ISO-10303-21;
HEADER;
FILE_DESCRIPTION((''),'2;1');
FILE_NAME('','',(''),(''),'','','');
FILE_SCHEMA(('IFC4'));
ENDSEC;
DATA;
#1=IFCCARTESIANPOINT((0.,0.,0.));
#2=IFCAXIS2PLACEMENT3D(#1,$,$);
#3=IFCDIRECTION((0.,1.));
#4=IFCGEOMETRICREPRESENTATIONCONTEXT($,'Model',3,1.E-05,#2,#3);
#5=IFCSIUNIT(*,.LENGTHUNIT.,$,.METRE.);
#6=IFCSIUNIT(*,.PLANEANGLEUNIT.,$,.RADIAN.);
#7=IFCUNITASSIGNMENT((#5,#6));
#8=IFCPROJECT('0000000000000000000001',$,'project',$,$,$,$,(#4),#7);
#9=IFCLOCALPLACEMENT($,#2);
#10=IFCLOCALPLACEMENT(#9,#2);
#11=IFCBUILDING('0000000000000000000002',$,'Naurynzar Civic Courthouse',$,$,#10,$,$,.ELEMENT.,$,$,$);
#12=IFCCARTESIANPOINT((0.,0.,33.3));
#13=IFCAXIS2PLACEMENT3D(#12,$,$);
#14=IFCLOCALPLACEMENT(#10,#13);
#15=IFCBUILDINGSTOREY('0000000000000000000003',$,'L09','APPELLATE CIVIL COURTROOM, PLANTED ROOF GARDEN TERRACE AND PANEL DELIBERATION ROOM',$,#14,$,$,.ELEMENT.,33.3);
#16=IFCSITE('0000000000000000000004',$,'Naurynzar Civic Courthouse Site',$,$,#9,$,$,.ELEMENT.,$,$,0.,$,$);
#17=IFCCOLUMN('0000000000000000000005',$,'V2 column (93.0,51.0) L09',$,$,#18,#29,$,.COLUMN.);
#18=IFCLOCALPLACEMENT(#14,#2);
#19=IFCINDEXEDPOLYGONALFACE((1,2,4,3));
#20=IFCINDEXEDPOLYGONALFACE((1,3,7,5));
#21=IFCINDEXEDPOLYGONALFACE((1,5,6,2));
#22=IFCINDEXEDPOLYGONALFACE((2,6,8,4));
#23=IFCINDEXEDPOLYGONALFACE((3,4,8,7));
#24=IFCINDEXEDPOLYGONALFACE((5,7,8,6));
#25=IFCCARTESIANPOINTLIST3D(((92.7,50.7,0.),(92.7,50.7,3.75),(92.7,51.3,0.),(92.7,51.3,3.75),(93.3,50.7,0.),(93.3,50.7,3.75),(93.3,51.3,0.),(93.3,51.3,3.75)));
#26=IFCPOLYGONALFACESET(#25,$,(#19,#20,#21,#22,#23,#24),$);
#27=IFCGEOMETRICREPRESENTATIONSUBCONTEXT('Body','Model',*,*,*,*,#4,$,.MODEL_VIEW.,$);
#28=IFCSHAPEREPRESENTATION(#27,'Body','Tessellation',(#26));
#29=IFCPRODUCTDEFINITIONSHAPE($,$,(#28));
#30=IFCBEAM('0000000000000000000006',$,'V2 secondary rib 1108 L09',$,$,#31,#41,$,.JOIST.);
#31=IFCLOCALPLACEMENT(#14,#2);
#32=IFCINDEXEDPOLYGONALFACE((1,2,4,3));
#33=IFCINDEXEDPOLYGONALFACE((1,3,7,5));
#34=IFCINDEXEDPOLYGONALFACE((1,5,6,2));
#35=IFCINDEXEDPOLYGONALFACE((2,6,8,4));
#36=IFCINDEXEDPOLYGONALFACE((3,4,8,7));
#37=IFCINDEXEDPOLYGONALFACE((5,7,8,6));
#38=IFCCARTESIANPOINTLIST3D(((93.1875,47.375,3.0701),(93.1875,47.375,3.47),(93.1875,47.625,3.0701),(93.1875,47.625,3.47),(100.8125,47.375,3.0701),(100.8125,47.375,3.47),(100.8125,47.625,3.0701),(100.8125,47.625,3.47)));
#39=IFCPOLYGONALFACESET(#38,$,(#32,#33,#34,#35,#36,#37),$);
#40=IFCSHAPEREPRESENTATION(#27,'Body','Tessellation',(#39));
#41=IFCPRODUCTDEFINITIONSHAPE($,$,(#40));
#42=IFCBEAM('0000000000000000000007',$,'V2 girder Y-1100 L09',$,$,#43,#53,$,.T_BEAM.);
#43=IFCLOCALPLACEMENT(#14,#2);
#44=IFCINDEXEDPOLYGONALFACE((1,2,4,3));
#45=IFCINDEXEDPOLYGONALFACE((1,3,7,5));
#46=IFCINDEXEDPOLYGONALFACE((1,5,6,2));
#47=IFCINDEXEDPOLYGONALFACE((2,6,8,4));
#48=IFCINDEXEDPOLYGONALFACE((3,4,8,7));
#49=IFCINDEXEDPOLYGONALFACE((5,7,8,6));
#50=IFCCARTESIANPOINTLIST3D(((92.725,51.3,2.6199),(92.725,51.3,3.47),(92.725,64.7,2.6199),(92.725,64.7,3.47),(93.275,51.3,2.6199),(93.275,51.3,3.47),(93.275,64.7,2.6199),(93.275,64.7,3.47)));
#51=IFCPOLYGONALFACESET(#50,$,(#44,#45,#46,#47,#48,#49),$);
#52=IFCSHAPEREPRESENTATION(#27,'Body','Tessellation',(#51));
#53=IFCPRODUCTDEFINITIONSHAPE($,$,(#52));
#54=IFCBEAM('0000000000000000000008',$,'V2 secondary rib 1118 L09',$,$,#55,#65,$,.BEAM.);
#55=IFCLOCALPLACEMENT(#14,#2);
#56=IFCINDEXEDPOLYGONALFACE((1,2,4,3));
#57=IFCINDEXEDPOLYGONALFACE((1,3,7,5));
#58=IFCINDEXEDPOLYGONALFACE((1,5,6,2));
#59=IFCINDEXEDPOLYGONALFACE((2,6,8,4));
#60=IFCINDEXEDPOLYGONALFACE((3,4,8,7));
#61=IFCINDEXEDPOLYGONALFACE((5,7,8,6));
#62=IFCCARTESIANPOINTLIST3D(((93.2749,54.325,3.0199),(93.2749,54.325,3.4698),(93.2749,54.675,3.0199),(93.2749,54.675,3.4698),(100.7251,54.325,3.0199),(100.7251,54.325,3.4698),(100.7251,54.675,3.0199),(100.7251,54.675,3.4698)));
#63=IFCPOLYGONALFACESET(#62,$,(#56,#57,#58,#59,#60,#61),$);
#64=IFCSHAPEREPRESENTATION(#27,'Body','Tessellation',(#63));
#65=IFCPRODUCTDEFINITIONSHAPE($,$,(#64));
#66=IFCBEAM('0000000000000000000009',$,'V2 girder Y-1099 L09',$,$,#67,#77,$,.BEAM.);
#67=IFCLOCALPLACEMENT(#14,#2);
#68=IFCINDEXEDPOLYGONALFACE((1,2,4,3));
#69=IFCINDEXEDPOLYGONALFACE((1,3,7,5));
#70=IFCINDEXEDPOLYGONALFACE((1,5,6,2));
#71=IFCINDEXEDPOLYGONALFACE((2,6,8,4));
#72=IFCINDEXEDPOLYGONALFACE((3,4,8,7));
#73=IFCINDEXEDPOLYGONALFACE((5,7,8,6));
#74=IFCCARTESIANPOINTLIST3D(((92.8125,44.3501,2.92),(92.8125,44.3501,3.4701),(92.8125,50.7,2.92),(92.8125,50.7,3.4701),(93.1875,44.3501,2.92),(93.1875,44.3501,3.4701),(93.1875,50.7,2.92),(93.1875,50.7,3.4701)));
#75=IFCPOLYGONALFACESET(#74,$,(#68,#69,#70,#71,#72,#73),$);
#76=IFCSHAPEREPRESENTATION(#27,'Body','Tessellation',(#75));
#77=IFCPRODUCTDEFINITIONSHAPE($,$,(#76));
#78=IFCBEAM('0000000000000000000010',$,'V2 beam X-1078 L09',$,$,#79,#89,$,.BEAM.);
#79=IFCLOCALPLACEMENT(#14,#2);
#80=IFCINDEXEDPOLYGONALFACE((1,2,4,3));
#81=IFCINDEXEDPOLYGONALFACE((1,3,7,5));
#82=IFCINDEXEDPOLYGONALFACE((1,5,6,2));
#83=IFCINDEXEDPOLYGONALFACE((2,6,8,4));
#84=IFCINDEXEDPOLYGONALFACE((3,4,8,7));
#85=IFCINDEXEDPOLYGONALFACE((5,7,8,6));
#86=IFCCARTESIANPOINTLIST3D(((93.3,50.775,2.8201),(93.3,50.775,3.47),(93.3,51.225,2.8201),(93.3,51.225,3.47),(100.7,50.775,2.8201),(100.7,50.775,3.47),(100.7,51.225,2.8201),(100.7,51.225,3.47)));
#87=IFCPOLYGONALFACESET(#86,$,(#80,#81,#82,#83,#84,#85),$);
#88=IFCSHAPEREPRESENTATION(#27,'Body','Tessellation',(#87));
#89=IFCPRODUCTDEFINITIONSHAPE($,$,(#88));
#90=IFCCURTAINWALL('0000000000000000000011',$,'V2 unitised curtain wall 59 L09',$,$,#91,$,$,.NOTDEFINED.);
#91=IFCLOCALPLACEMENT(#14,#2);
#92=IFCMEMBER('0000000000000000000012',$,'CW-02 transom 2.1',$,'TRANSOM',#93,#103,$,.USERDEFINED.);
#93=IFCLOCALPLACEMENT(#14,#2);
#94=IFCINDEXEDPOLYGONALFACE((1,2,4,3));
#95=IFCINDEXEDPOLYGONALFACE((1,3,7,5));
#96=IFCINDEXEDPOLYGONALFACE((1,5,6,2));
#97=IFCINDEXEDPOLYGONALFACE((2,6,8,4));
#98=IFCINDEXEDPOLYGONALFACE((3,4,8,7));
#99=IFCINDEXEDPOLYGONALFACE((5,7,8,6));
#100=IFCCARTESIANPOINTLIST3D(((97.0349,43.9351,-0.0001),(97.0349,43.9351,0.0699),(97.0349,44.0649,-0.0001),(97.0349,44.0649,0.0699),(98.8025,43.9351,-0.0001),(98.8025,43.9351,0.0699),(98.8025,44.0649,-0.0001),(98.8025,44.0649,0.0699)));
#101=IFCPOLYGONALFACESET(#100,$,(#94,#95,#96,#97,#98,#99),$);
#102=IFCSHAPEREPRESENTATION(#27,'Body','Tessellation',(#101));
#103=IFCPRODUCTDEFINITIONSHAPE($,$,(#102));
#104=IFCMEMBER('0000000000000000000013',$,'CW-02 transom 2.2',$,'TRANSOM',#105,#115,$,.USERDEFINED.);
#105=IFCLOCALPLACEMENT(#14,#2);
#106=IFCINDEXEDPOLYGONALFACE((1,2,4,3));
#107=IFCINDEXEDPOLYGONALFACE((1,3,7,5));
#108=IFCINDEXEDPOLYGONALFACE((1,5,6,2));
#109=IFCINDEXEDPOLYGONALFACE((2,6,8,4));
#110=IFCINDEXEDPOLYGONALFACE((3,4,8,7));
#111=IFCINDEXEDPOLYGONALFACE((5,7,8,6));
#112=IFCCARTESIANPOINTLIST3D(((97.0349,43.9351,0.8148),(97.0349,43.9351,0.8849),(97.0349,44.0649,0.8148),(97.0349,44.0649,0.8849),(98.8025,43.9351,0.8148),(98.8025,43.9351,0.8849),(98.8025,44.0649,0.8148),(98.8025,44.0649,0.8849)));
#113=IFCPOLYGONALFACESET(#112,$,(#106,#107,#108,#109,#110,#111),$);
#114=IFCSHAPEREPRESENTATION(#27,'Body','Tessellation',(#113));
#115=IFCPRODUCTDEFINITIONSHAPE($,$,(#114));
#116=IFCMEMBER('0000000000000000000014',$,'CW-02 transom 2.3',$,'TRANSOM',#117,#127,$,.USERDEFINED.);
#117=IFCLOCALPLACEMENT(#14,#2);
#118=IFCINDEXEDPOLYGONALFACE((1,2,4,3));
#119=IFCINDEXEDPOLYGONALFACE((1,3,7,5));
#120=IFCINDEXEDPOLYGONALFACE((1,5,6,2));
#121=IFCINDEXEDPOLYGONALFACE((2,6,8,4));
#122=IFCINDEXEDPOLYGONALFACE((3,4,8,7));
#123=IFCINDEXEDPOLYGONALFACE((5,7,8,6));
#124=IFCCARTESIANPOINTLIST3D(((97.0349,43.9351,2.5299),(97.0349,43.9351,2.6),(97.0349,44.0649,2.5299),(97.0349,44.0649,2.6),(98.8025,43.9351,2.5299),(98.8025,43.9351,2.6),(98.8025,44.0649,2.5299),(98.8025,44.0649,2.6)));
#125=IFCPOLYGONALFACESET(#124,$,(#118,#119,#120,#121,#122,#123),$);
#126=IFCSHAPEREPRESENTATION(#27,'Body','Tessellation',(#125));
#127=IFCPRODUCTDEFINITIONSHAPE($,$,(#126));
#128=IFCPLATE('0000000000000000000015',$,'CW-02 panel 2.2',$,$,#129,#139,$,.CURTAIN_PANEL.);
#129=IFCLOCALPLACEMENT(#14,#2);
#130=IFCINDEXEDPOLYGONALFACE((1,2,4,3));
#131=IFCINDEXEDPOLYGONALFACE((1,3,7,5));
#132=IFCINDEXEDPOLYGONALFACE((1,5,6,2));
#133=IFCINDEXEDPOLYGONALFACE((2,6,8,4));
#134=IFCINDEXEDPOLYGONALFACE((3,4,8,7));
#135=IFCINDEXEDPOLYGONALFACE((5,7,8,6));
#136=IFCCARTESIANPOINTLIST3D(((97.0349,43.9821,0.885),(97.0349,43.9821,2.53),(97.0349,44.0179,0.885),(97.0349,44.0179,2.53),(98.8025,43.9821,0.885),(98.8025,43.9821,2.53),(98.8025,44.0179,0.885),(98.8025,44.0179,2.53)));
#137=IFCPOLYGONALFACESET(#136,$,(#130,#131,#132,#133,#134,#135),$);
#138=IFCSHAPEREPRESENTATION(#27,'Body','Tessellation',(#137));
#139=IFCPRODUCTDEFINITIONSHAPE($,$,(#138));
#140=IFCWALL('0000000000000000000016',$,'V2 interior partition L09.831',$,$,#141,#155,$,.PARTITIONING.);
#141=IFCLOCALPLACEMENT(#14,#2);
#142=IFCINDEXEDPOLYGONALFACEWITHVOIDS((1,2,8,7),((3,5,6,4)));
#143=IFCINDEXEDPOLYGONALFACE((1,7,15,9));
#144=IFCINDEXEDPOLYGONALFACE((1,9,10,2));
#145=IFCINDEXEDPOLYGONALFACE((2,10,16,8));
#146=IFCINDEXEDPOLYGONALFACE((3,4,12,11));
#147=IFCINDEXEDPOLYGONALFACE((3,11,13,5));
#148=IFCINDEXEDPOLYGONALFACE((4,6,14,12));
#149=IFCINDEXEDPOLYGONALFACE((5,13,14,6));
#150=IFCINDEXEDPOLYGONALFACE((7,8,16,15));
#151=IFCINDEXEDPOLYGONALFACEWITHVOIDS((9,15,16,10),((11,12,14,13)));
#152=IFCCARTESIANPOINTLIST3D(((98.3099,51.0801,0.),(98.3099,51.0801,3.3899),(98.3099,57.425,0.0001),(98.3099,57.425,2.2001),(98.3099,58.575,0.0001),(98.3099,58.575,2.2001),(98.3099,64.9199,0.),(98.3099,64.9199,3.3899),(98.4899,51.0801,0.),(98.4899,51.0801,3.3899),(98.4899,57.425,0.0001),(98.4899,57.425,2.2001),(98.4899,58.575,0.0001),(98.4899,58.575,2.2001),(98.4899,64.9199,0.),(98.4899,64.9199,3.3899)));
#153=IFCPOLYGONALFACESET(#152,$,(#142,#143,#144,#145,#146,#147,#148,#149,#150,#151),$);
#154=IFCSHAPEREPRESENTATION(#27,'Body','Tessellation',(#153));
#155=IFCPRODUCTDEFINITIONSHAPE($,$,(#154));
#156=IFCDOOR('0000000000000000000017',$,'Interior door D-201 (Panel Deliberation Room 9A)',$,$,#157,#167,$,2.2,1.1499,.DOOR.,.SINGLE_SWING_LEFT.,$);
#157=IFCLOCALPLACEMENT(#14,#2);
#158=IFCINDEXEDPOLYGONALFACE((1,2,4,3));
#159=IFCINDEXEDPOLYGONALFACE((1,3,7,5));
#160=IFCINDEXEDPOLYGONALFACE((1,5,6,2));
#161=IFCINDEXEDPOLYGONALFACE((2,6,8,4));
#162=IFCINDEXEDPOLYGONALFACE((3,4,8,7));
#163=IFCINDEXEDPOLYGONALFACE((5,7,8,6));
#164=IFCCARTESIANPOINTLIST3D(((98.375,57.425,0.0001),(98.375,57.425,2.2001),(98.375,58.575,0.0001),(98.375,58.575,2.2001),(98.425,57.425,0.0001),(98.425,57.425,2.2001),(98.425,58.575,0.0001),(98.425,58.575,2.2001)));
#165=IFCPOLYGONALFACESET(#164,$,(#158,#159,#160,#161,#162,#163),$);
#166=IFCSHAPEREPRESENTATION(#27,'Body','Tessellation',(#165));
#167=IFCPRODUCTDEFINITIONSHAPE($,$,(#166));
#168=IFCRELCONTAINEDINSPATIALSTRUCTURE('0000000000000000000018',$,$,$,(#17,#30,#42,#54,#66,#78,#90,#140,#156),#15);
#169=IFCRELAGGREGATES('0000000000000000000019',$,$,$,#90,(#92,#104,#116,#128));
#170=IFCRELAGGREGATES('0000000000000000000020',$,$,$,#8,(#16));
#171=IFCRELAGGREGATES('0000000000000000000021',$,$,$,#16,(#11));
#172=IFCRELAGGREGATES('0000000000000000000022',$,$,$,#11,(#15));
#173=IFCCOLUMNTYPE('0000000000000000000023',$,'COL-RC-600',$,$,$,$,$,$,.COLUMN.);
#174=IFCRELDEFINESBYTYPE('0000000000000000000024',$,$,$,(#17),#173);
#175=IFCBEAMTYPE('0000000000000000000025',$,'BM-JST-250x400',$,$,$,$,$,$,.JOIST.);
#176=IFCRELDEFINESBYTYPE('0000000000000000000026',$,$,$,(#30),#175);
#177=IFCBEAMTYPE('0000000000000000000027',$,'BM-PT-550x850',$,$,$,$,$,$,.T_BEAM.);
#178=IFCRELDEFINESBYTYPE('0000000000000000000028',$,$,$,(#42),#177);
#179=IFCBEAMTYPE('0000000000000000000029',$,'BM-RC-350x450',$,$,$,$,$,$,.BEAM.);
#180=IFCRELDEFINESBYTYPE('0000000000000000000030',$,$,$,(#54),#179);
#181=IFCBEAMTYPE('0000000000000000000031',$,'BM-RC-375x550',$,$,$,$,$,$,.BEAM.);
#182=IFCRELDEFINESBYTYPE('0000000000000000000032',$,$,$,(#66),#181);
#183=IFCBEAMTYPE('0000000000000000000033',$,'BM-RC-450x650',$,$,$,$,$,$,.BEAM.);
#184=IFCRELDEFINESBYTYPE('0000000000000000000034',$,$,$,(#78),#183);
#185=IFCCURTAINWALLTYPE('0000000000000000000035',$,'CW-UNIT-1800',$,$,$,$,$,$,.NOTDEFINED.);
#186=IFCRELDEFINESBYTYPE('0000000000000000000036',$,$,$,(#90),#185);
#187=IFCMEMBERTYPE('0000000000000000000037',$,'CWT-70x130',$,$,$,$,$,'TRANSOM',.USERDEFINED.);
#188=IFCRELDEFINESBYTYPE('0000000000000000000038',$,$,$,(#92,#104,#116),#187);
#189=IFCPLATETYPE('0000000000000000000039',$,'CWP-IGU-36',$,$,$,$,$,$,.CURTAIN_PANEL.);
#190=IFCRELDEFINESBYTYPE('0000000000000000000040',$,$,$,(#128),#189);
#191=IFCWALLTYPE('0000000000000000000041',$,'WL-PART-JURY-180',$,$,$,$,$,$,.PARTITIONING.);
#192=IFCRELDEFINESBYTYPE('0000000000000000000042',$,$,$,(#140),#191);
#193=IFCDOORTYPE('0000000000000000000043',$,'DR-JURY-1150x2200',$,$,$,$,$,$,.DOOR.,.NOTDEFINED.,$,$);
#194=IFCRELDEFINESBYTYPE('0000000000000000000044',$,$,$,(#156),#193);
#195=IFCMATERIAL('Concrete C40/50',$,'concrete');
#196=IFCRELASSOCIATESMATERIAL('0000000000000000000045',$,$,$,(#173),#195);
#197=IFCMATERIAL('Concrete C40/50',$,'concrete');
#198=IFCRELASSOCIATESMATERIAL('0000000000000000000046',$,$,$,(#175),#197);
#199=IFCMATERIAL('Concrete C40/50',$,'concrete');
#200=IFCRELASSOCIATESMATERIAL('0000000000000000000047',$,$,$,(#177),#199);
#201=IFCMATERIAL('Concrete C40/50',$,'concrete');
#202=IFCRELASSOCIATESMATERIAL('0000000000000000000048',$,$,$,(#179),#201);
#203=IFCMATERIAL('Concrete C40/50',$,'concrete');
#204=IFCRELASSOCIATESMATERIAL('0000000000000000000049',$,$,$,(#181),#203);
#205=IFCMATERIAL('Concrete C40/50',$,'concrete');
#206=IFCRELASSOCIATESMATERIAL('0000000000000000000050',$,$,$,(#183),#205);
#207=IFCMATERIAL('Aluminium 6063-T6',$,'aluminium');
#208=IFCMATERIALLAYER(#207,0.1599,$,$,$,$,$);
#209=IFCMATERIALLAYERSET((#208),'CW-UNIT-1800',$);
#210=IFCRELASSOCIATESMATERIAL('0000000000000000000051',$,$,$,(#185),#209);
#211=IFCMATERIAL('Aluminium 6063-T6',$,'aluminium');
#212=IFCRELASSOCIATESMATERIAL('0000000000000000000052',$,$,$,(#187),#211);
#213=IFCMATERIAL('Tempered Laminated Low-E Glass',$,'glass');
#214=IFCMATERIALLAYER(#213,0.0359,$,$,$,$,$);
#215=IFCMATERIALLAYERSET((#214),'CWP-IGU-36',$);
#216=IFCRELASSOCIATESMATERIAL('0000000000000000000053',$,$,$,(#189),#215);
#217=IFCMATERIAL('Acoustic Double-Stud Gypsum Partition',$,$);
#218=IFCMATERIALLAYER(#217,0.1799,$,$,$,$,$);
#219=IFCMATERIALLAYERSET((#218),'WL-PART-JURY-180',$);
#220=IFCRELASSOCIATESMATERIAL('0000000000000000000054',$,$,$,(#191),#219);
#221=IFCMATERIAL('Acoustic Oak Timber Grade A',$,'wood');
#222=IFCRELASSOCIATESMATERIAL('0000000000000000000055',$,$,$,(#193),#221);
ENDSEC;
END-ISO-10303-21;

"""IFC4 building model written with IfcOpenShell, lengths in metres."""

from ifc_helpers import new_model, si_unit, direction, frame, frame_2d, origin, origin_2d, place, context, subcontext, project, spatial, rectangle, extrude, material, layer, layer_set, material_profile, profile_set, type_object, element, fill, aggregate, save


model = new_model("IFC4")

# Units and contexts
model_context = context("Model", 3, precision=1e-05, world=origin(), true_north=direction((0.0, 1.0)))
body_context = subcontext(model_context, "Body", "Model", "MODEL_VIEW")
ifc_project = project(units=[si_unit("LENGTHUNIT", "METRE"), si_unit("PLANEANGLEUNIT", "RADIAN")], contexts=[model_context])

# Site, building, storey
site_placement = place(None, origin())
site = spatial("IfcSite", under=ifc_project, at=site_placement, Name="Naurynzar Civic Courthouse Site", CompositionType="ELEMENT", RefElevation=0.0)
building_placement = place(site_placement, origin())
building = spatial("IfcBuilding", under=site, at=building_placement, Name="Naurynzar Civic Courthouse", CompositionType="ELEMENT")
storey_placement = place(building_placement, frame((0.0, 0.0, 33.3)))
storey = spatial("IfcBuildingStorey", under=building, at=storey_placement, Name="L09", Description="APPELLATE CIVIL COURTROOM, PLANTED ROOF GARDEN TERRACE AND PANEL DELIBERATION ROOM", CompositionType="ELEMENT", Elevation=33.3)

# Column
ifc_material_1 = material(Name="Concrete C40/50", Category="concrete")
ifc_material_profile_1 = material_profile(ifc_material_1, rectangle(XDim=0.6001, YDim=0.6001, at=origin_2d()), Name="RC 600x600")
ifc_profile_set_1 = profile_set([ifc_material_profile_1], Name="Concrete C40/50")
column_type = type_object("IfcColumnType", Name="COL-RC-600", PredefinedType="COLUMN", material=ifc_profile_set_1)
column_placement = place(storey_placement, frame((93.0, 51.0, 0.0), z_axis=(0.0, 0.0, 1.0), x_axis=(1.0, 0.0, 0.0)))
element("IfcColumn", 1, at=column_placement, inside=storey, type_object=column_type, Name="V2 column (93.0,51.0) L09", PredefinedType="COLUMN", context=body_context, shape_type="SweptSolid", body=[
    extrude(rectangle(XDim=0.6001, YDim=0.6001, at=origin_2d()), origin(), (0.0, 0.0, 1.0), 3.75),
])

# Beams
ifc_material_2 = material(Name="Concrete C40/50", Category="concrete")
ifc_material_profile_2 = material_profile(ifc_material_2, rectangle(XDim=0.25, YDim=0.3999, at=origin_2d()), Name="RCB 250x400")
ifc_profile_set_2 = profile_set([ifc_material_profile_2], Name="Concrete C40/50")
beam_type_1 = type_object("IfcBeamType", Name="BM-JST-250x400", PredefinedType="JOIST", material=ifc_profile_set_2)
beam_1_placement = place(storey_placement, frame((93.1875, 47.5, 3.27), z_axis=(1.0, 0.0, 0.0), x_axis=(0.0, 1.0, 0.0)))
element("IfcBeam", 2, at=beam_1_placement, inside=storey, type_object=beam_type_1, Name="V2 secondary rib 1108 L09", PredefinedType="JOIST", context=body_context, shape_type="SweptSolid", body=[
    extrude(rectangle(XDim=0.25, YDim=0.3999, at=origin_2d()), origin(), (0.0, 0.0, 1.0), 7.625),
])
ifc_material_3 = material(Name="Concrete C40/50", Category="concrete")
ifc_material_profile_3 = material_profile(ifc_material_3, rectangle(XDim=0.55, YDim=0.8501, at=origin_2d()), Name="PTB 550x850")
ifc_profile_set_3 = profile_set([ifc_material_profile_3], Name="Concrete C40/50")
beam_type_2 = type_object("IfcBeamType", Name="BM-PT-550x850", PredefinedType="T_BEAM", material=ifc_profile_set_3)
beam_2_placement = place(storey_placement, frame((93.0, 51.3, 3.0449), z_axis=(0.0, 1.0, 0.0), x_axis=(-1.0, 0.0, 0.0)))
element("IfcBeam", 3, at=beam_2_placement, inside=storey, type_object=beam_type_2, Name="V2 girder Y-1100 L09", PredefinedType="T_BEAM", context=body_context, shape_type="SweptSolid", body=[
    extrude(rectangle(XDim=0.55, YDim=0.8501, at=origin_2d()), origin(), (0.0, 0.0, 1.0), 13.3999),
])
ifc_material_4 = material(Name="Concrete C40/50", Category="concrete")
ifc_material_profile_4 = material_profile(ifc_material_4, rectangle(XDim=0.3501, YDim=0.45, at=origin_2d()), Name="RCB 350x450")
ifc_profile_set_4 = profile_set([ifc_material_profile_4], Name="Concrete C40/50")
beam_type_3 = type_object("IfcBeamType", Name="BM-RC-350x450", PredefinedType="BEAM", material=ifc_profile_set_4)
beam_3_placement = place(storey_placement, frame((93.2749, 54.5, 3.2449), z_axis=(1.0, 0.0, 0.0), x_axis=(0.0, 1.0, 0.0)))
element("IfcBeam", 4, at=beam_3_placement, inside=storey, type_object=beam_type_3, Name="V2 secondary rib 1118 L09", PredefinedType="BEAM", context=body_context, shape_type="SweptSolid", body=[
    extrude(rectangle(XDim=0.3501, YDim=0.45, at=origin_2d()), origin(), (0.0, 0.0, 1.0), 7.4502),
])
ifc_material_5 = material(Name="Concrete C40/50", Category="concrete")
ifc_material_profile_5 = material_profile(ifc_material_5, rectangle(XDim=0.375, YDim=0.55, at=origin_2d()), Name="RCB 375x550")
ifc_profile_set_5 = profile_set([ifc_material_profile_5], Name="Concrete C40/50")
beam_type_4 = type_object("IfcBeamType", Name="BM-RC-375x550", PredefinedType="BEAM", material=ifc_profile_set_5)
beam_4_placement = place(storey_placement, frame((93.0, 44.3501, 3.1951), z_axis=(0.0, 1.0, 0.0), x_axis=(-1.0, 0.0, 0.0)))
element("IfcBeam", 5, at=beam_4_placement, inside=storey, type_object=beam_type_4, Name="V2 girder Y-1099 L09", PredefinedType="BEAM", context=body_context, shape_type="SweptSolid", body=[
    extrude(rectangle(XDim=0.375, YDim=0.55, at=origin_2d()), origin(), (0.0, 0.0, 1.0), 6.3499),
])
ifc_material_6 = material(Name="Concrete C40/50", Category="concrete")
ifc_material_profile_6 = material_profile(ifc_material_6, rectangle(XDim=0.45, YDim=0.6499, at=origin_2d()), Name="RCB 450x650")
ifc_profile_set_6 = profile_set([ifc_material_profile_6], Name="Concrete C40/50")
beam_type_5 = type_object("IfcBeamType", Name="BM-RC-450x650", PredefinedType="BEAM", material=ifc_profile_set_6)
beam_5_placement = place(storey_placement, frame((93.3, 51.0, 3.145), z_axis=(1.0, 0.0, 0.0), x_axis=(0.0, 1.0, 0.0)))
element("IfcBeam", 6, at=beam_5_placement, inside=storey, type_object=beam_type_5, Name="V2 beam X-1078 L09", PredefinedType="BEAM", context=body_context, shape_type="SweptSolid", body=[
    extrude(rectangle(XDim=0.45, YDim=0.6499, at=origin_2d()), origin(), (0.0, 0.0, 1.0), 7.3999),
])

# Curtain wall, members, plate
ifc_material_7 = material(Name="Aluminium 6063-T6", Category="aluminium")
ifc_layer_1 = layer(ifc_material_7, 0.1599)
ifc_layer_set_1 = layer_set([ifc_layer_1], Name="CW-UNIT-1800")
curtain_wall_type = type_object("IfcCurtainWallType", Name="CW-UNIT-1800", PredefinedType="NOTDEFINED", material=ifc_layer_set_1)
curtain_wall_placement = place(storey_placement, origin())
curtain_wall = element("IfcCurtainWall", 7, at=curtain_wall_placement, inside=storey, type_object=curtain_wall_type, Name="V2 unitised curtain wall 59 L09", PredefinedType="NOTDEFINED")
ifc_material_8 = material(Name="Aluminium 6063-T6", Category="aluminium")
ifc_material_profile_7 = material_profile(ifc_material_8, rectangle(XDim=0.1299, YDim=0.0701, at=origin_2d()), Name="ALU TRANSOM 70x130")
ifc_profile_set_7 = profile_set([ifc_material_profile_7], Name="Aluminium 6063-T6")
member_type = type_object("IfcMemberType", Name="CWT-70x130", ElementType="TRANSOM", PredefinedType="USERDEFINED", material=ifc_profile_set_7)
member_1_placement = place(storey_placement, frame((98.8025, 44.0, 0.0349), z_axis=(-1.0, 0.0, 0.0), x_axis=(0.0, -1.0, 0.0)))
member_1 = element("IfcMember", 8, at=member_1_placement, type_object=member_type, Name="CW-02 transom 2.1", ObjectType="TRANSOM", PredefinedType="USERDEFINED", context=body_context, shape_type="SweptSolid", body=[
    extrude(rectangle(XDim=0.1299, YDim=0.0701, at=origin_2d()), origin(), (0.0, 0.0, 1.0), 1.7676),
])
member_2_placement = place(storey_placement, frame((98.8025, 44.0, 0.8499), z_axis=(-1.0, 0.0, 0.0), x_axis=(0.0, -1.0, 0.0)))
member_2 = element("IfcMember", 9, at=member_2_placement, type_object=member_type, Name="CW-02 transom 2.2", ObjectType="TRANSOM", PredefinedType="USERDEFINED", context=body_context, shape_type="SweptSolid", body=[
    extrude(rectangle(XDim=0.1299, YDim=0.0701, at=origin_2d()), origin(), (0.0, 0.0, 1.0), 1.7676),
])
member_3_placement = place(storey_placement, frame((98.8025, 44.0, 2.5649), z_axis=(-1.0, 0.0, 0.0), x_axis=(0.0, -1.0, 0.0)))
member_3 = element("IfcMember", 10, at=member_3_placement, type_object=member_type, Name="CW-02 transom 2.3", ObjectType="TRANSOM", PredefinedType="USERDEFINED", context=body_context, shape_type="SweptSolid", body=[
    extrude(rectangle(XDim=0.1299, YDim=0.0701, at=origin_2d()), origin(), (0.0, 0.0, 1.0), 1.7676),
])
ifc_material_9 = material(Name="Tempered Laminated Low-E Glass", Category="glass")
ifc_layer_2 = layer(ifc_material_9, 0.0359)
ifc_layer_set_2 = layer_set([ifc_layer_2], Name="CWP-IGU-36")
plate_type = type_object("IfcPlateType", Name="CWP-IGU-36", PredefinedType="CURTAIN_PANEL", material=ifc_layer_set_2)
plate_placement = place(storey_placement, frame((97.9187, 44.0, 0.885), z_axis=(0.0, 0.0, 1.0), x_axis=(-1.0, 0.0, 0.0)))
plate = element("IfcPlate", 11, at=plate_placement, type_object=plate_type, Name="CW-02 panel 2.2", PredefinedType="CURTAIN_PANEL", context=body_context, shape_type="SweptSolid", body=[
    extrude(rectangle(XDim=1.7676, YDim=0.0359, at=origin_2d()), origin(), (0.0, 0.0, 1.0), 1.645),
])
aggregate(curtain_wall, [member_1, member_2, member_3, plate])

# Wall, opening, door
ifc_material_10 = material(Name="Acoustic Double-Stud Gypsum Partition")
ifc_layer_3 = layer(ifc_material_10, 0.1799)
ifc_layer_set_3 = layer_set([ifc_layer_3], Name="WL-PART-JURY-180")
wall_type_1 = type_object("IfcWallType", Name="WL-PART-JURY-180", PredefinedType="PARTITIONING", material=ifc_layer_set_3)
wall_1_placement = place(storey_placement, frame((98.3999, 51.0801, 0.0), z_axis=(0.0, 0.0, 1.0), x_axis=(0.0, 1.0, 0.0)))
wall_1 = element("IfcWall", 12, at=wall_1_placement, inside=storey, type_object=wall_type_1, Name="V2 interior partition L09.831", PredefinedType="PARTITIONING", context=body_context, shape_type="SweptSolid", body=[
    extrude(rectangle(XDim=13.8398, YDim=0.1799, at=frame_2d((6.9199, 0.0))), origin(), (0.0, 0.0, 1.0), 3.3899),
])
opening_1_placement = place(wall_1_placement, frame((6.345, 0.0, 0.0)))
opening_1 = element("IfcOpeningElement", 13, at=opening_1_placement, cuts=wall_1, PredefinedType="OPENING", context=body_context, shape_type="SweptSolid", body=[
    extrude(rectangle(XDim=1.1499, YDim=2.2, at=frame_2d((0.575, 1.1001))), frame((0.0, 0.0999, 0.0), z_axis=(0.0, -1.0, 0.0), x_axis=(1.0, 0.0, 0.0)), (0.0, 0.0, 1.0), 0.2),
])
ifc_material_11 = material(Name="Acoustic Oak Timber Grade A", Category="wood")
door_type_1 = type_object("IfcDoorType", Name="DR-JURY-1150x2200", OperationType="NOTDEFINED", PredefinedType="DOOR", material=ifc_material_11)
door_1_placement = place(opening_1_placement, origin())
door_1 = element("IfcDoor", 14, at=door_1_placement, inside=storey, type_object=door_type_1, Name="Interior door D-201 (Panel Deliberation Room 9A)", OperationType="SINGLE_SWING_LEFT", OverallHeight=2.2, OverallWidth=1.1499, PredefinedType="DOOR", context=body_context, shape_type="SweptSolid", body=[
    extrude(rectangle(XDim=1.1499, YDim=2.2, at=frame_2d((0.575, 1.1001))), frame((0.0, 0.0249, 0.0), z_axis=(0.0, -1.0, 0.0), x_axis=(1.0, 0.0, 0.0)), (0.0, 0.0, 1.0), 0.05),
])
fill(opening_1, door_1)

save(model, "model.ifc")
